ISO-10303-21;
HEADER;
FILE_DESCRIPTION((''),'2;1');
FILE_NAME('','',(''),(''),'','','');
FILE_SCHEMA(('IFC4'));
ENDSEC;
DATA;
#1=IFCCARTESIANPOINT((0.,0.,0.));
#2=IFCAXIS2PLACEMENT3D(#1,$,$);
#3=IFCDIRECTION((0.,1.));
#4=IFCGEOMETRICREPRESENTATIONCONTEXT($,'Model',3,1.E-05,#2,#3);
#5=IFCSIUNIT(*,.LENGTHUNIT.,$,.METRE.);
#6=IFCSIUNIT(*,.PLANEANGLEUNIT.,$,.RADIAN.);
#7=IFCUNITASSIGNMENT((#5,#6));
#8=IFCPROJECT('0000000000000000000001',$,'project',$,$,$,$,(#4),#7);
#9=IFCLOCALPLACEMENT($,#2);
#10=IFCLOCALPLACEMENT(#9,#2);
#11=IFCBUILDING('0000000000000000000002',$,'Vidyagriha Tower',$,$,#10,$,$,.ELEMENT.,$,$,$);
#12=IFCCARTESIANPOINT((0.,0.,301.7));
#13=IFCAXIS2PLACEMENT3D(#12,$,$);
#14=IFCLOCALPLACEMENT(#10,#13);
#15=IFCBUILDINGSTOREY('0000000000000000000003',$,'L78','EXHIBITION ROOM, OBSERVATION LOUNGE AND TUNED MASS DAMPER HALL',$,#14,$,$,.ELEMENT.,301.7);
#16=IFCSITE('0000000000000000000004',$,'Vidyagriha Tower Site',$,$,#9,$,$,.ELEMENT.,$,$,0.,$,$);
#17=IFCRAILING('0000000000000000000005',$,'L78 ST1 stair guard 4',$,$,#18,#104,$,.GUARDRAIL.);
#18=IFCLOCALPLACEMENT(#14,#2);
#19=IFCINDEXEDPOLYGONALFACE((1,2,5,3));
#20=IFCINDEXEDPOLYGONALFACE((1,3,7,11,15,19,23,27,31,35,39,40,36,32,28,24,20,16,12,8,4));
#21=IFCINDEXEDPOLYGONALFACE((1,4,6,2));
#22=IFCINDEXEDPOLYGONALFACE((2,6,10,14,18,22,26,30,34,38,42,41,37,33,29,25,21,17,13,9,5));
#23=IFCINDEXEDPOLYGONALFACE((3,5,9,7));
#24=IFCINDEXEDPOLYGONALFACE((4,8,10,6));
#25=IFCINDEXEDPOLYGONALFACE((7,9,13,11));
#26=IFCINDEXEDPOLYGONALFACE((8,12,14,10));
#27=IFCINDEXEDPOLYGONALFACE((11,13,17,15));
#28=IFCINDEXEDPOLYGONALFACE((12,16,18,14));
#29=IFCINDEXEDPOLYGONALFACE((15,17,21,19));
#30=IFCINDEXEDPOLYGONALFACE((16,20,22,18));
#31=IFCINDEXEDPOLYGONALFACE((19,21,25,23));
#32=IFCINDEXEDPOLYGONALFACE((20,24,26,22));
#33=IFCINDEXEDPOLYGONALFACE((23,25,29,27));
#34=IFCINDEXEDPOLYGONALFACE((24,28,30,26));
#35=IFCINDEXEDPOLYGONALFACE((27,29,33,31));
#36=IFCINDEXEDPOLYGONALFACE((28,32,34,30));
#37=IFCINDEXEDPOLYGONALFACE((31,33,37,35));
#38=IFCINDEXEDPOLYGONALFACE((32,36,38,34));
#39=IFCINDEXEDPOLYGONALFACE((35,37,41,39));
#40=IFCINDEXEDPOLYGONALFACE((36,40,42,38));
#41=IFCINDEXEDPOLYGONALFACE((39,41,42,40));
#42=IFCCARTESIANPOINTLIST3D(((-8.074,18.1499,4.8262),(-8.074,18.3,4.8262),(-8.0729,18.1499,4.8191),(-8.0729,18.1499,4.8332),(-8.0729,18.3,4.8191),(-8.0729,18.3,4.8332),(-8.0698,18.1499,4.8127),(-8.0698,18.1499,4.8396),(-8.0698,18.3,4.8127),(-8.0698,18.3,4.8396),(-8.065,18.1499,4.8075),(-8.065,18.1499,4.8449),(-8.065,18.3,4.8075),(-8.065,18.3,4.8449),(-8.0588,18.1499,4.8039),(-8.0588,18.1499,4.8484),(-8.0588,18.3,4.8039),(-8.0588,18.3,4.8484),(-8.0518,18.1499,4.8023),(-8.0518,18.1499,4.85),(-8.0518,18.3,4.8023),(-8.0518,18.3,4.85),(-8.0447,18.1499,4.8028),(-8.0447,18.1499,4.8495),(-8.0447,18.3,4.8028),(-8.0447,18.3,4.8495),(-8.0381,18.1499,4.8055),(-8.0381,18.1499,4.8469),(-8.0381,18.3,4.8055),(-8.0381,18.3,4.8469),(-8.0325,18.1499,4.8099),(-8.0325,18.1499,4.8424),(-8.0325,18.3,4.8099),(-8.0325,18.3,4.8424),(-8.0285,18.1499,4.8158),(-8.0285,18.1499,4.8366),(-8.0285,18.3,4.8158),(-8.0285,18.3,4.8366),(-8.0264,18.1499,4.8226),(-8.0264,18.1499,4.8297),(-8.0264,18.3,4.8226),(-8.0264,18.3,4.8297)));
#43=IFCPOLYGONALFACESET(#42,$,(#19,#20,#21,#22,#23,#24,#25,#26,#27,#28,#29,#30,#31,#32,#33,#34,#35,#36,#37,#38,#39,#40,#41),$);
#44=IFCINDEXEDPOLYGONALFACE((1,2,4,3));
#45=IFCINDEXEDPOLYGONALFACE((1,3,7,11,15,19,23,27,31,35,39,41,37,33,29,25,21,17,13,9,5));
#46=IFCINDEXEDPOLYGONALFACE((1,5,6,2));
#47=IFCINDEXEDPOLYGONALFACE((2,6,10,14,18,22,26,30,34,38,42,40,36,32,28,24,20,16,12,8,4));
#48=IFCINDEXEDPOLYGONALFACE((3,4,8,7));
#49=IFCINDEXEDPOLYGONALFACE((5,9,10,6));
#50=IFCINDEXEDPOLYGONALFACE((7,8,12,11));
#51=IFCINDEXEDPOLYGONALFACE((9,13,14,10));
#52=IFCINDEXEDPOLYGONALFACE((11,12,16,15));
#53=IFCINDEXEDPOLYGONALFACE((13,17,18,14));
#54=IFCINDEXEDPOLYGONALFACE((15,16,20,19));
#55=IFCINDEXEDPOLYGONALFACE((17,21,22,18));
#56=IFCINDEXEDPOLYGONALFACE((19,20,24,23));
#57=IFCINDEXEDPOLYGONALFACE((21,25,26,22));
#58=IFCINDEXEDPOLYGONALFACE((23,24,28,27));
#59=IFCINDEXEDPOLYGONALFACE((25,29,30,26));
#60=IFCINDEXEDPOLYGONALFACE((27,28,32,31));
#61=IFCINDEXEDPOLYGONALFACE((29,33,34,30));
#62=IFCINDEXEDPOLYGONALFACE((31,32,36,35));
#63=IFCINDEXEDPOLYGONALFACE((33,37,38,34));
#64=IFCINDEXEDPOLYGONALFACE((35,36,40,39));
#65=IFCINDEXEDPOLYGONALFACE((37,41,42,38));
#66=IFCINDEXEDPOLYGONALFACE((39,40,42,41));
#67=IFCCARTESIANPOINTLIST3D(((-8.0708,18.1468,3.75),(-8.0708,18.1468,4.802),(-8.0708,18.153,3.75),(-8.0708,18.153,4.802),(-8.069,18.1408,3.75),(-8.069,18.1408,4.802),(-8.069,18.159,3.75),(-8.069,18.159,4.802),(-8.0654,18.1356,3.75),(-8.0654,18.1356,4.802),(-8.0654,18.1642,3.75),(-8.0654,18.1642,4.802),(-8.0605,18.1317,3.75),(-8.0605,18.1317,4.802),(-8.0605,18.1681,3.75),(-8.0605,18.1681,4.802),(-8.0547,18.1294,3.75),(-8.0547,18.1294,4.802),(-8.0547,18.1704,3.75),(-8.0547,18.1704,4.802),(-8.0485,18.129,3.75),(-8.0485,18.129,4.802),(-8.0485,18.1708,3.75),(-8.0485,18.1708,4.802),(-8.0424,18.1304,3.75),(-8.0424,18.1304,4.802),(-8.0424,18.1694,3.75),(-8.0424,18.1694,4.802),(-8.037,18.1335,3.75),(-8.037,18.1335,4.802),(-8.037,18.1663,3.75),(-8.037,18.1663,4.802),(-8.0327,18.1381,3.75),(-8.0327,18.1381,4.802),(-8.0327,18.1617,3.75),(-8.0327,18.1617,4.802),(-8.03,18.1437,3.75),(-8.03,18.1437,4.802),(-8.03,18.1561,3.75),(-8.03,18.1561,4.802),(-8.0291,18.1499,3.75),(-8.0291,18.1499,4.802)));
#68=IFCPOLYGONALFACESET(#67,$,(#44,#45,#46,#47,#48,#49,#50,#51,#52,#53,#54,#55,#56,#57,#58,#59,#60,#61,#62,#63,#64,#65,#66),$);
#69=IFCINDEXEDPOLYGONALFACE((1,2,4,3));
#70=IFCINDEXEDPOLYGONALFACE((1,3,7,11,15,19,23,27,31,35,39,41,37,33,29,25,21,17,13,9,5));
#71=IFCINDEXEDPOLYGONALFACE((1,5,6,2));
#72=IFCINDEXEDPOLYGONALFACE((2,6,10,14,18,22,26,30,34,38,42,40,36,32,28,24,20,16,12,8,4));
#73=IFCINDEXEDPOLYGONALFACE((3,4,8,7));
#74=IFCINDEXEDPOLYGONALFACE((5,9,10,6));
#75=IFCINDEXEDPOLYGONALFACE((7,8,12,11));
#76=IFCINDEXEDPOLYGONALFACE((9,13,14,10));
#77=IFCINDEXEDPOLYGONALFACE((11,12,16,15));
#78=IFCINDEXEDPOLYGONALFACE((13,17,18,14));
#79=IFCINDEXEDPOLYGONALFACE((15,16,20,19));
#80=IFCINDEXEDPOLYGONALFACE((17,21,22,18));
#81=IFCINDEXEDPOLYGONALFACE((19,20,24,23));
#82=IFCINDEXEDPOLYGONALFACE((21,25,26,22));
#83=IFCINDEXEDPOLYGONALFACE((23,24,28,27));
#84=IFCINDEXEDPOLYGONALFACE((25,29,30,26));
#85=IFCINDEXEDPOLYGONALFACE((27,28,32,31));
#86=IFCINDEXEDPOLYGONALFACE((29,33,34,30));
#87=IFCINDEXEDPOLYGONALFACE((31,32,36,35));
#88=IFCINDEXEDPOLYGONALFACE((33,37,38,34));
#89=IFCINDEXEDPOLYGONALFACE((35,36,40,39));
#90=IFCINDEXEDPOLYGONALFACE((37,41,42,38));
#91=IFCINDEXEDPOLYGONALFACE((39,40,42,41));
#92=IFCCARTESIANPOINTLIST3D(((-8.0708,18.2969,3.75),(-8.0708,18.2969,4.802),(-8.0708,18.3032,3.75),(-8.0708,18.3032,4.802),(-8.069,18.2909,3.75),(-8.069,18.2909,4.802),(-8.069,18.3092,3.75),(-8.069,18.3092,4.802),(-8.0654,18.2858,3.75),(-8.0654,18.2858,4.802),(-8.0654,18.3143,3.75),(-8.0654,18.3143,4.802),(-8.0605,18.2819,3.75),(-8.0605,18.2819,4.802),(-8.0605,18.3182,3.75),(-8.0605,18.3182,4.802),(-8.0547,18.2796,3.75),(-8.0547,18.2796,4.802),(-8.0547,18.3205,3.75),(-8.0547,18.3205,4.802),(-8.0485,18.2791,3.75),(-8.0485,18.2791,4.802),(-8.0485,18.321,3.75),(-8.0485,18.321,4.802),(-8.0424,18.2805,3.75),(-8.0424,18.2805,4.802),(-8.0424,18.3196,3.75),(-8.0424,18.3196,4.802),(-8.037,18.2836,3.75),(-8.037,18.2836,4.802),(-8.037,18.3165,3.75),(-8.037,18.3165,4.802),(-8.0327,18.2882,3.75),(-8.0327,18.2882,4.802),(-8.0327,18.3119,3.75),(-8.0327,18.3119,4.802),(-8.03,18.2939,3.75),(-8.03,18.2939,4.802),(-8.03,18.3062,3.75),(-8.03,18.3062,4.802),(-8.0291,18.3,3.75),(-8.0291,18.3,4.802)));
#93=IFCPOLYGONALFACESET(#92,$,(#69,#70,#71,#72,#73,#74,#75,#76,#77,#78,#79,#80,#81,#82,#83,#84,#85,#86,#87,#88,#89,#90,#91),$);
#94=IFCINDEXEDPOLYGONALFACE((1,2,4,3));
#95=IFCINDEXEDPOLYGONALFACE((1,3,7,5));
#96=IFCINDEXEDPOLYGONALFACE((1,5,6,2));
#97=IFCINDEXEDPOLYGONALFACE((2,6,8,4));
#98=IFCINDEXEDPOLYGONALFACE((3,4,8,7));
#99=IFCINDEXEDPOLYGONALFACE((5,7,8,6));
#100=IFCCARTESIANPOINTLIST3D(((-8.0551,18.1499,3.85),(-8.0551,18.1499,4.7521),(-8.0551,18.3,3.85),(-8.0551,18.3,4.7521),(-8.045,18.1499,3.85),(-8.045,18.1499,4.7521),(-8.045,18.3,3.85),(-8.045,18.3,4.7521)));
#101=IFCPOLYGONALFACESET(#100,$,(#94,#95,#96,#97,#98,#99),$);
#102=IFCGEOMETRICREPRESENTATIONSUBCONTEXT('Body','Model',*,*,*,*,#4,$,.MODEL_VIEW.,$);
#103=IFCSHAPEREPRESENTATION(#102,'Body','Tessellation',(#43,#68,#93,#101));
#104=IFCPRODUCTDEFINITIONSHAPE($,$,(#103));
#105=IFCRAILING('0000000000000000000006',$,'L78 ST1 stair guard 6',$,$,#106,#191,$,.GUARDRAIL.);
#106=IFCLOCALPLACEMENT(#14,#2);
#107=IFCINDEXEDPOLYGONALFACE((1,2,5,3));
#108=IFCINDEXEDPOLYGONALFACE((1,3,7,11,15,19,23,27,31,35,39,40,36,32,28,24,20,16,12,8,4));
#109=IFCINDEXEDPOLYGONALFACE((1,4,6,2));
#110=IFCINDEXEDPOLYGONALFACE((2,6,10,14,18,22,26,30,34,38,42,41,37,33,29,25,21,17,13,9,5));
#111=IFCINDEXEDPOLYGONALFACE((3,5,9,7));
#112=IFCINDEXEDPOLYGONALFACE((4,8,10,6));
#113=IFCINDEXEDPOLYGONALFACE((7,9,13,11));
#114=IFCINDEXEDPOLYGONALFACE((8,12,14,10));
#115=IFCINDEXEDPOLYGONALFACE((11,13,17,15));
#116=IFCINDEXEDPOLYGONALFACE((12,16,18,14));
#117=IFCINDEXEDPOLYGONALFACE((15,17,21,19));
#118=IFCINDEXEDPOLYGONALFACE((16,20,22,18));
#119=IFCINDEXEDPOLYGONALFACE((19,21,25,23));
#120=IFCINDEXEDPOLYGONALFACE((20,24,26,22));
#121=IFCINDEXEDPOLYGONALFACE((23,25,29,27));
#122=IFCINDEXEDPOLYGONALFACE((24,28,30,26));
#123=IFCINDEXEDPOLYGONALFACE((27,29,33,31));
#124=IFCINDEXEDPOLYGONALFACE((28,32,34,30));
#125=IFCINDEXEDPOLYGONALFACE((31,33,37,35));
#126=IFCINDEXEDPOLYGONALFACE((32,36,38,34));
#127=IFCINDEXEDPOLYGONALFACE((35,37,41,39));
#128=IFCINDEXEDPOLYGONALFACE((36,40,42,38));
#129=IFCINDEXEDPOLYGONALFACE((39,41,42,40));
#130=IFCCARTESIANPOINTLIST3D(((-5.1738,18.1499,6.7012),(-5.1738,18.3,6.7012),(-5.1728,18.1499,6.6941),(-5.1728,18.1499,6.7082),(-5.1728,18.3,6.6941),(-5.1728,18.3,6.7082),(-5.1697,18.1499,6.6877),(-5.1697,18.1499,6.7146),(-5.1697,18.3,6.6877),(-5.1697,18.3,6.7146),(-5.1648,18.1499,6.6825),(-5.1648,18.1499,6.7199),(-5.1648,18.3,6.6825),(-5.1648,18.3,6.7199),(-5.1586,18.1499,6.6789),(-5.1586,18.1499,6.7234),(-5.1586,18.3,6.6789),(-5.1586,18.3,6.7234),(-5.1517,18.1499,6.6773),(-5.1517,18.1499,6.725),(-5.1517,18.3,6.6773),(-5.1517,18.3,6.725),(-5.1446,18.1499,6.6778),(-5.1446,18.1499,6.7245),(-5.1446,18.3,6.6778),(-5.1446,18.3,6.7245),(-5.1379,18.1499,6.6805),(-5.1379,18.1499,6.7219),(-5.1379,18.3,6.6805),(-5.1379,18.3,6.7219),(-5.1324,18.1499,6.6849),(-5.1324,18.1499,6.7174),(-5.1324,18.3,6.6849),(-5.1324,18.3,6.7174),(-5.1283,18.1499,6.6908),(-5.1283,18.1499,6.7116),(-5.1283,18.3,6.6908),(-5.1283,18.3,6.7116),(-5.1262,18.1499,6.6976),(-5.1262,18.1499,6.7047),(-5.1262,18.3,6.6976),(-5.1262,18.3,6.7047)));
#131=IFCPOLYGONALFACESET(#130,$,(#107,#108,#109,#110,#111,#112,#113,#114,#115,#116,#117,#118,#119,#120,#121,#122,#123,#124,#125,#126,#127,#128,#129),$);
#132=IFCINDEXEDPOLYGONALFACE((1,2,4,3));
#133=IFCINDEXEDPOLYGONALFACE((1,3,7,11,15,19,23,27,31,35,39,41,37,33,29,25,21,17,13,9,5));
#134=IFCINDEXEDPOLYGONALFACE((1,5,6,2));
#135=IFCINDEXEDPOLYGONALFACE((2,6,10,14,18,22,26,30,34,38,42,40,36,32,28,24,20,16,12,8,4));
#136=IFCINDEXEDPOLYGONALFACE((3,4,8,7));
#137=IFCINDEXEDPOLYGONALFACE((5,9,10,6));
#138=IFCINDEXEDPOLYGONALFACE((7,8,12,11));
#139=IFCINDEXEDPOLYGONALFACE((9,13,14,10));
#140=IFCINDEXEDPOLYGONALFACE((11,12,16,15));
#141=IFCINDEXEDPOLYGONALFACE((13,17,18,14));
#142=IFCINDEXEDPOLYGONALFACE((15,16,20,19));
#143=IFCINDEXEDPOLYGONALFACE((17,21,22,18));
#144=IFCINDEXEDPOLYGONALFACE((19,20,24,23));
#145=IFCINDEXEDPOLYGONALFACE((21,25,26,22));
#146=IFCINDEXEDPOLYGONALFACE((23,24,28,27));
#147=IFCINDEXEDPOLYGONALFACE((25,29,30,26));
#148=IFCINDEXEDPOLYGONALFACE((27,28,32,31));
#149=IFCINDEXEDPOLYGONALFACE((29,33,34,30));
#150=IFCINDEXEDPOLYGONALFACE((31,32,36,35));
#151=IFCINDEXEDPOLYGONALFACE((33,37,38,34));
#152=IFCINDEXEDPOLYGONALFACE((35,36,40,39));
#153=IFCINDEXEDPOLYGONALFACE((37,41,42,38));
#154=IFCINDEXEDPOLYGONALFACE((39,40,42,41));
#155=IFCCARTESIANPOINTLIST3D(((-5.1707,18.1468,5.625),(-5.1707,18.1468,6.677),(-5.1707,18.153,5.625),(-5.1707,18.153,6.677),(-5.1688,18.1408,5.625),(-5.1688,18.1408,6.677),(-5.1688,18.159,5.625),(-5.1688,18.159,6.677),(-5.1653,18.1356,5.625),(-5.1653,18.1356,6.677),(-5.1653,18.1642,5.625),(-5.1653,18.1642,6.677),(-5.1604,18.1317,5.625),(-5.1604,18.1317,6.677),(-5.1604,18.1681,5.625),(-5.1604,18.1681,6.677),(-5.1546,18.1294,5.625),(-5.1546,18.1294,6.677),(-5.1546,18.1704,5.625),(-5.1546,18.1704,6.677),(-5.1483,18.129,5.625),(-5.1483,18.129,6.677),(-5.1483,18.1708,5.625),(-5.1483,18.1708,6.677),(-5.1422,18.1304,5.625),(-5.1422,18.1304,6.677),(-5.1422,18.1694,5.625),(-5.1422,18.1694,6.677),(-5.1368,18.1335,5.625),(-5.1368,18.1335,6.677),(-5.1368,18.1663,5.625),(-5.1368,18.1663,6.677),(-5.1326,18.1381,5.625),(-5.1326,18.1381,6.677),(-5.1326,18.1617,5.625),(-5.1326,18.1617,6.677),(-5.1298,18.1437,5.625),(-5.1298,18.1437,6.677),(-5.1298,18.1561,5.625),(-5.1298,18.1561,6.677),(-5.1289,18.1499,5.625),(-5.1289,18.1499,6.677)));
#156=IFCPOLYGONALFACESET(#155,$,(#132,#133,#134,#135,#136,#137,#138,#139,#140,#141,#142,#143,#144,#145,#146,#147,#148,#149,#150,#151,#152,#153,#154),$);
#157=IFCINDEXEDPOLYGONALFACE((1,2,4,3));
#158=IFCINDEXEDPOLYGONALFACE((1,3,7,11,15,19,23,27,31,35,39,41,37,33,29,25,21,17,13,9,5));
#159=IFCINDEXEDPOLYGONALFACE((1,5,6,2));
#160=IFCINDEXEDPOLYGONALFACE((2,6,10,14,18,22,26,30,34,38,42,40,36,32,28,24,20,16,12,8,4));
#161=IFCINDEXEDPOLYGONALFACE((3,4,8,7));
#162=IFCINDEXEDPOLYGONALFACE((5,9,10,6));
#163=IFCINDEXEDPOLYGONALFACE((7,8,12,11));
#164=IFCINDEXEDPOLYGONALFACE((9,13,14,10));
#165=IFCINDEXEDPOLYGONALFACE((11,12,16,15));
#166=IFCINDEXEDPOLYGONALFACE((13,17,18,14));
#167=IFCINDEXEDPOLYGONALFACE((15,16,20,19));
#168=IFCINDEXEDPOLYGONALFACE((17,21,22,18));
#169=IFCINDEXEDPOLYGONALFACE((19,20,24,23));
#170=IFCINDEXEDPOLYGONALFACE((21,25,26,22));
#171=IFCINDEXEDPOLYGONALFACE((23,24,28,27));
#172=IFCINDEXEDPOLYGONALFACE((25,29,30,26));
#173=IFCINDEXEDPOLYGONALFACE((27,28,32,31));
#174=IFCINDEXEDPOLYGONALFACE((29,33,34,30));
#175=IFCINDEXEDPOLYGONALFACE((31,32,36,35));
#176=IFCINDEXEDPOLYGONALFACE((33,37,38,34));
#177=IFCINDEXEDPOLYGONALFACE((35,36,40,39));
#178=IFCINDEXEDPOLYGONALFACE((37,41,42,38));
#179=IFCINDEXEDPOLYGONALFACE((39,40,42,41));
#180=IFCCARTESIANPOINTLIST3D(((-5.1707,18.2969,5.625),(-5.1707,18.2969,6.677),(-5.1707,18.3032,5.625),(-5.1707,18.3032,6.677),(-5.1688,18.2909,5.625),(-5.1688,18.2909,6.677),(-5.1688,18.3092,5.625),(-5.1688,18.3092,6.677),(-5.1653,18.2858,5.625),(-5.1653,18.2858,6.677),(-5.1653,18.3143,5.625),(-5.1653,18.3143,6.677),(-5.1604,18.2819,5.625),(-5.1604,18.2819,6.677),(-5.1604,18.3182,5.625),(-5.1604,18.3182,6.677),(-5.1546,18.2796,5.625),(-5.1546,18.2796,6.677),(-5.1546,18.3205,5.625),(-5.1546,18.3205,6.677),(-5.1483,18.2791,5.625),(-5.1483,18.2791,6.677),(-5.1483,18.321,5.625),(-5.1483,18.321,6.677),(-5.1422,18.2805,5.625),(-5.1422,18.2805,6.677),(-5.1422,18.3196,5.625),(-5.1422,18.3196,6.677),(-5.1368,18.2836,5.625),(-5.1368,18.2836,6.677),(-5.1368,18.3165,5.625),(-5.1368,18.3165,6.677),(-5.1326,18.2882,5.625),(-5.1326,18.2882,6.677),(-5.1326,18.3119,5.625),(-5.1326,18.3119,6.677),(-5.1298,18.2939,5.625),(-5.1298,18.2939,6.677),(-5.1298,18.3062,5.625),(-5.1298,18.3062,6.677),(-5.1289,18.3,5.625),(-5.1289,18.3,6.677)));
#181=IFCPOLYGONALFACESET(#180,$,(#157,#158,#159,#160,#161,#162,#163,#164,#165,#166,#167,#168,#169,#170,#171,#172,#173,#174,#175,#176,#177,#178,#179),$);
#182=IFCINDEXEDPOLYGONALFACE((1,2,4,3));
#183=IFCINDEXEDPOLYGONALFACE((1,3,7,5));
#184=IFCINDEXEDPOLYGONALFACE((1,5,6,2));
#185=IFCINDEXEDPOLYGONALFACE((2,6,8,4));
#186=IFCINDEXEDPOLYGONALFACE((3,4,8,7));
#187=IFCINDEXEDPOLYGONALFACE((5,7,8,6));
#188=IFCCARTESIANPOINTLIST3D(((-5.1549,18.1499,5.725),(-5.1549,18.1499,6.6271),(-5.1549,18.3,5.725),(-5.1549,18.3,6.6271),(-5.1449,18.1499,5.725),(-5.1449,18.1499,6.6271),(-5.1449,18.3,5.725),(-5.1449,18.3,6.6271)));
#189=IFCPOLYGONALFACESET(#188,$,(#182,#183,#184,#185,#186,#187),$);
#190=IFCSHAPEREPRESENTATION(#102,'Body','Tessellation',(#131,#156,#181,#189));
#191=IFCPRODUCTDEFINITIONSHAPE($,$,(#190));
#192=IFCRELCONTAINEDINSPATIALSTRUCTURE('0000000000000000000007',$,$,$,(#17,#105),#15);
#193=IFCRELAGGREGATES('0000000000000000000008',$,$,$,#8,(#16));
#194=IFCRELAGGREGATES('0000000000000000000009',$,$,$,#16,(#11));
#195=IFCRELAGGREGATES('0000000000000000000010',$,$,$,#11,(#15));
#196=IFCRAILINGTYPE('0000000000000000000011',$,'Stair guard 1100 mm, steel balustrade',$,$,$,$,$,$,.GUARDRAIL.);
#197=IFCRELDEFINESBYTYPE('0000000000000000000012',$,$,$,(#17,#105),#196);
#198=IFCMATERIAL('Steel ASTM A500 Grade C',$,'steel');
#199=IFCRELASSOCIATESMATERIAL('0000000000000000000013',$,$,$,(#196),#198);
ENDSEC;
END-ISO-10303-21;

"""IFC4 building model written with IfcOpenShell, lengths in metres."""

from ifc_helpers import new_model, si_unit, direction, frame, origin, origin_2d, place, context, subcontext, project, spatial, rectangle, circle, extrude, material, type_object, element, save


model = new_model("IFC4")

# Units and contexts
model_context = context("Model", 3, precision=1e-05, world=origin(), true_north=direction((0.0, 1.0)))
body_context = subcontext(model_context, "Body", "Model", "MODEL_VIEW")
ifc_project = project(units=[si_unit("LENGTHUNIT", "METRE"), si_unit("PLANEANGLEUNIT", "RADIAN")], contexts=[model_context])

# Site, building, storey
site_placement = place(None, origin())
site = spatial("IfcSite", under=ifc_project, at=site_placement, Name="Vidyagriha Tower Site", CompositionType="ELEMENT", RefElevation=0.0)
building_placement = place(site_placement, origin())
building = spatial("IfcBuilding", under=site, at=building_placement, Name="Vidyagriha Tower", CompositionType="ELEMENT")
storey_placement = place(building_placement, frame((0.0, 0.0, 301.7)))
storey = spatial("IfcBuildingStorey", under=building, at=storey_placement, Name="L78", Description="EXHIBITION ROOM, OBSERVATION LOUNGE AND TUNED MASS DAMPER HALL", CompositionType="ELEMENT", Elevation=301.7)

# Railings
ifc_material_1 = material(Name="Steel ASTM A500 Grade C", Category="steel")
railing_type_1 = type_object("IfcRailingType", Name="Stair guard 1100 mm, steel balustrade", PredefinedType="GUARDRAIL", material=ifc_material_1)
for number, where, name in (
    (1, (-8.05, 18.1499, 3.75), "L78 ST1 stair guard 4"),
    (2, (-5.1499, 18.1499, 5.625), "L78 ST1 stair guard 6"),
):
    element("IfcRailing", number, at=place(storey_placement, frame(where)), inside=storey, type_object=railing_type_1, Name=name, PredefinedType="GUARDRAIL", context=body_context, shape_type="SweptSolid", body=[
        extrude(circle(Radius=0.0239, at=origin_2d()), frame((0.0, 0.0, 1.0762), z_axis=(0.0, 1.0, 0.0), x_axis=(-1.0, 0.0, 0.0)), (0.0, 0.0, 1.0), 0.1501),
        extrude(circle(Radius=0.021, at=origin_2d()), origin(), (0.0, 0.0, 1.0), 1.052),
        extrude(circle(Radius=0.021, at=origin_2d()), frame((0.0, 0.1501, 0.0)), (0.0, 0.0, 1.0), 1.052),
        extrude(rectangle(XDim=0.01, YDim=0.9021, at=origin_2d()), frame((0.0, 0.0, 0.551), z_axis=(0.0, 1.0, 0.0), x_axis=(-1.0, 0.0, 0.0)), (0.0, 0.0, 1.0), 0.1501),
    ])

save(model, "model.ifc")
